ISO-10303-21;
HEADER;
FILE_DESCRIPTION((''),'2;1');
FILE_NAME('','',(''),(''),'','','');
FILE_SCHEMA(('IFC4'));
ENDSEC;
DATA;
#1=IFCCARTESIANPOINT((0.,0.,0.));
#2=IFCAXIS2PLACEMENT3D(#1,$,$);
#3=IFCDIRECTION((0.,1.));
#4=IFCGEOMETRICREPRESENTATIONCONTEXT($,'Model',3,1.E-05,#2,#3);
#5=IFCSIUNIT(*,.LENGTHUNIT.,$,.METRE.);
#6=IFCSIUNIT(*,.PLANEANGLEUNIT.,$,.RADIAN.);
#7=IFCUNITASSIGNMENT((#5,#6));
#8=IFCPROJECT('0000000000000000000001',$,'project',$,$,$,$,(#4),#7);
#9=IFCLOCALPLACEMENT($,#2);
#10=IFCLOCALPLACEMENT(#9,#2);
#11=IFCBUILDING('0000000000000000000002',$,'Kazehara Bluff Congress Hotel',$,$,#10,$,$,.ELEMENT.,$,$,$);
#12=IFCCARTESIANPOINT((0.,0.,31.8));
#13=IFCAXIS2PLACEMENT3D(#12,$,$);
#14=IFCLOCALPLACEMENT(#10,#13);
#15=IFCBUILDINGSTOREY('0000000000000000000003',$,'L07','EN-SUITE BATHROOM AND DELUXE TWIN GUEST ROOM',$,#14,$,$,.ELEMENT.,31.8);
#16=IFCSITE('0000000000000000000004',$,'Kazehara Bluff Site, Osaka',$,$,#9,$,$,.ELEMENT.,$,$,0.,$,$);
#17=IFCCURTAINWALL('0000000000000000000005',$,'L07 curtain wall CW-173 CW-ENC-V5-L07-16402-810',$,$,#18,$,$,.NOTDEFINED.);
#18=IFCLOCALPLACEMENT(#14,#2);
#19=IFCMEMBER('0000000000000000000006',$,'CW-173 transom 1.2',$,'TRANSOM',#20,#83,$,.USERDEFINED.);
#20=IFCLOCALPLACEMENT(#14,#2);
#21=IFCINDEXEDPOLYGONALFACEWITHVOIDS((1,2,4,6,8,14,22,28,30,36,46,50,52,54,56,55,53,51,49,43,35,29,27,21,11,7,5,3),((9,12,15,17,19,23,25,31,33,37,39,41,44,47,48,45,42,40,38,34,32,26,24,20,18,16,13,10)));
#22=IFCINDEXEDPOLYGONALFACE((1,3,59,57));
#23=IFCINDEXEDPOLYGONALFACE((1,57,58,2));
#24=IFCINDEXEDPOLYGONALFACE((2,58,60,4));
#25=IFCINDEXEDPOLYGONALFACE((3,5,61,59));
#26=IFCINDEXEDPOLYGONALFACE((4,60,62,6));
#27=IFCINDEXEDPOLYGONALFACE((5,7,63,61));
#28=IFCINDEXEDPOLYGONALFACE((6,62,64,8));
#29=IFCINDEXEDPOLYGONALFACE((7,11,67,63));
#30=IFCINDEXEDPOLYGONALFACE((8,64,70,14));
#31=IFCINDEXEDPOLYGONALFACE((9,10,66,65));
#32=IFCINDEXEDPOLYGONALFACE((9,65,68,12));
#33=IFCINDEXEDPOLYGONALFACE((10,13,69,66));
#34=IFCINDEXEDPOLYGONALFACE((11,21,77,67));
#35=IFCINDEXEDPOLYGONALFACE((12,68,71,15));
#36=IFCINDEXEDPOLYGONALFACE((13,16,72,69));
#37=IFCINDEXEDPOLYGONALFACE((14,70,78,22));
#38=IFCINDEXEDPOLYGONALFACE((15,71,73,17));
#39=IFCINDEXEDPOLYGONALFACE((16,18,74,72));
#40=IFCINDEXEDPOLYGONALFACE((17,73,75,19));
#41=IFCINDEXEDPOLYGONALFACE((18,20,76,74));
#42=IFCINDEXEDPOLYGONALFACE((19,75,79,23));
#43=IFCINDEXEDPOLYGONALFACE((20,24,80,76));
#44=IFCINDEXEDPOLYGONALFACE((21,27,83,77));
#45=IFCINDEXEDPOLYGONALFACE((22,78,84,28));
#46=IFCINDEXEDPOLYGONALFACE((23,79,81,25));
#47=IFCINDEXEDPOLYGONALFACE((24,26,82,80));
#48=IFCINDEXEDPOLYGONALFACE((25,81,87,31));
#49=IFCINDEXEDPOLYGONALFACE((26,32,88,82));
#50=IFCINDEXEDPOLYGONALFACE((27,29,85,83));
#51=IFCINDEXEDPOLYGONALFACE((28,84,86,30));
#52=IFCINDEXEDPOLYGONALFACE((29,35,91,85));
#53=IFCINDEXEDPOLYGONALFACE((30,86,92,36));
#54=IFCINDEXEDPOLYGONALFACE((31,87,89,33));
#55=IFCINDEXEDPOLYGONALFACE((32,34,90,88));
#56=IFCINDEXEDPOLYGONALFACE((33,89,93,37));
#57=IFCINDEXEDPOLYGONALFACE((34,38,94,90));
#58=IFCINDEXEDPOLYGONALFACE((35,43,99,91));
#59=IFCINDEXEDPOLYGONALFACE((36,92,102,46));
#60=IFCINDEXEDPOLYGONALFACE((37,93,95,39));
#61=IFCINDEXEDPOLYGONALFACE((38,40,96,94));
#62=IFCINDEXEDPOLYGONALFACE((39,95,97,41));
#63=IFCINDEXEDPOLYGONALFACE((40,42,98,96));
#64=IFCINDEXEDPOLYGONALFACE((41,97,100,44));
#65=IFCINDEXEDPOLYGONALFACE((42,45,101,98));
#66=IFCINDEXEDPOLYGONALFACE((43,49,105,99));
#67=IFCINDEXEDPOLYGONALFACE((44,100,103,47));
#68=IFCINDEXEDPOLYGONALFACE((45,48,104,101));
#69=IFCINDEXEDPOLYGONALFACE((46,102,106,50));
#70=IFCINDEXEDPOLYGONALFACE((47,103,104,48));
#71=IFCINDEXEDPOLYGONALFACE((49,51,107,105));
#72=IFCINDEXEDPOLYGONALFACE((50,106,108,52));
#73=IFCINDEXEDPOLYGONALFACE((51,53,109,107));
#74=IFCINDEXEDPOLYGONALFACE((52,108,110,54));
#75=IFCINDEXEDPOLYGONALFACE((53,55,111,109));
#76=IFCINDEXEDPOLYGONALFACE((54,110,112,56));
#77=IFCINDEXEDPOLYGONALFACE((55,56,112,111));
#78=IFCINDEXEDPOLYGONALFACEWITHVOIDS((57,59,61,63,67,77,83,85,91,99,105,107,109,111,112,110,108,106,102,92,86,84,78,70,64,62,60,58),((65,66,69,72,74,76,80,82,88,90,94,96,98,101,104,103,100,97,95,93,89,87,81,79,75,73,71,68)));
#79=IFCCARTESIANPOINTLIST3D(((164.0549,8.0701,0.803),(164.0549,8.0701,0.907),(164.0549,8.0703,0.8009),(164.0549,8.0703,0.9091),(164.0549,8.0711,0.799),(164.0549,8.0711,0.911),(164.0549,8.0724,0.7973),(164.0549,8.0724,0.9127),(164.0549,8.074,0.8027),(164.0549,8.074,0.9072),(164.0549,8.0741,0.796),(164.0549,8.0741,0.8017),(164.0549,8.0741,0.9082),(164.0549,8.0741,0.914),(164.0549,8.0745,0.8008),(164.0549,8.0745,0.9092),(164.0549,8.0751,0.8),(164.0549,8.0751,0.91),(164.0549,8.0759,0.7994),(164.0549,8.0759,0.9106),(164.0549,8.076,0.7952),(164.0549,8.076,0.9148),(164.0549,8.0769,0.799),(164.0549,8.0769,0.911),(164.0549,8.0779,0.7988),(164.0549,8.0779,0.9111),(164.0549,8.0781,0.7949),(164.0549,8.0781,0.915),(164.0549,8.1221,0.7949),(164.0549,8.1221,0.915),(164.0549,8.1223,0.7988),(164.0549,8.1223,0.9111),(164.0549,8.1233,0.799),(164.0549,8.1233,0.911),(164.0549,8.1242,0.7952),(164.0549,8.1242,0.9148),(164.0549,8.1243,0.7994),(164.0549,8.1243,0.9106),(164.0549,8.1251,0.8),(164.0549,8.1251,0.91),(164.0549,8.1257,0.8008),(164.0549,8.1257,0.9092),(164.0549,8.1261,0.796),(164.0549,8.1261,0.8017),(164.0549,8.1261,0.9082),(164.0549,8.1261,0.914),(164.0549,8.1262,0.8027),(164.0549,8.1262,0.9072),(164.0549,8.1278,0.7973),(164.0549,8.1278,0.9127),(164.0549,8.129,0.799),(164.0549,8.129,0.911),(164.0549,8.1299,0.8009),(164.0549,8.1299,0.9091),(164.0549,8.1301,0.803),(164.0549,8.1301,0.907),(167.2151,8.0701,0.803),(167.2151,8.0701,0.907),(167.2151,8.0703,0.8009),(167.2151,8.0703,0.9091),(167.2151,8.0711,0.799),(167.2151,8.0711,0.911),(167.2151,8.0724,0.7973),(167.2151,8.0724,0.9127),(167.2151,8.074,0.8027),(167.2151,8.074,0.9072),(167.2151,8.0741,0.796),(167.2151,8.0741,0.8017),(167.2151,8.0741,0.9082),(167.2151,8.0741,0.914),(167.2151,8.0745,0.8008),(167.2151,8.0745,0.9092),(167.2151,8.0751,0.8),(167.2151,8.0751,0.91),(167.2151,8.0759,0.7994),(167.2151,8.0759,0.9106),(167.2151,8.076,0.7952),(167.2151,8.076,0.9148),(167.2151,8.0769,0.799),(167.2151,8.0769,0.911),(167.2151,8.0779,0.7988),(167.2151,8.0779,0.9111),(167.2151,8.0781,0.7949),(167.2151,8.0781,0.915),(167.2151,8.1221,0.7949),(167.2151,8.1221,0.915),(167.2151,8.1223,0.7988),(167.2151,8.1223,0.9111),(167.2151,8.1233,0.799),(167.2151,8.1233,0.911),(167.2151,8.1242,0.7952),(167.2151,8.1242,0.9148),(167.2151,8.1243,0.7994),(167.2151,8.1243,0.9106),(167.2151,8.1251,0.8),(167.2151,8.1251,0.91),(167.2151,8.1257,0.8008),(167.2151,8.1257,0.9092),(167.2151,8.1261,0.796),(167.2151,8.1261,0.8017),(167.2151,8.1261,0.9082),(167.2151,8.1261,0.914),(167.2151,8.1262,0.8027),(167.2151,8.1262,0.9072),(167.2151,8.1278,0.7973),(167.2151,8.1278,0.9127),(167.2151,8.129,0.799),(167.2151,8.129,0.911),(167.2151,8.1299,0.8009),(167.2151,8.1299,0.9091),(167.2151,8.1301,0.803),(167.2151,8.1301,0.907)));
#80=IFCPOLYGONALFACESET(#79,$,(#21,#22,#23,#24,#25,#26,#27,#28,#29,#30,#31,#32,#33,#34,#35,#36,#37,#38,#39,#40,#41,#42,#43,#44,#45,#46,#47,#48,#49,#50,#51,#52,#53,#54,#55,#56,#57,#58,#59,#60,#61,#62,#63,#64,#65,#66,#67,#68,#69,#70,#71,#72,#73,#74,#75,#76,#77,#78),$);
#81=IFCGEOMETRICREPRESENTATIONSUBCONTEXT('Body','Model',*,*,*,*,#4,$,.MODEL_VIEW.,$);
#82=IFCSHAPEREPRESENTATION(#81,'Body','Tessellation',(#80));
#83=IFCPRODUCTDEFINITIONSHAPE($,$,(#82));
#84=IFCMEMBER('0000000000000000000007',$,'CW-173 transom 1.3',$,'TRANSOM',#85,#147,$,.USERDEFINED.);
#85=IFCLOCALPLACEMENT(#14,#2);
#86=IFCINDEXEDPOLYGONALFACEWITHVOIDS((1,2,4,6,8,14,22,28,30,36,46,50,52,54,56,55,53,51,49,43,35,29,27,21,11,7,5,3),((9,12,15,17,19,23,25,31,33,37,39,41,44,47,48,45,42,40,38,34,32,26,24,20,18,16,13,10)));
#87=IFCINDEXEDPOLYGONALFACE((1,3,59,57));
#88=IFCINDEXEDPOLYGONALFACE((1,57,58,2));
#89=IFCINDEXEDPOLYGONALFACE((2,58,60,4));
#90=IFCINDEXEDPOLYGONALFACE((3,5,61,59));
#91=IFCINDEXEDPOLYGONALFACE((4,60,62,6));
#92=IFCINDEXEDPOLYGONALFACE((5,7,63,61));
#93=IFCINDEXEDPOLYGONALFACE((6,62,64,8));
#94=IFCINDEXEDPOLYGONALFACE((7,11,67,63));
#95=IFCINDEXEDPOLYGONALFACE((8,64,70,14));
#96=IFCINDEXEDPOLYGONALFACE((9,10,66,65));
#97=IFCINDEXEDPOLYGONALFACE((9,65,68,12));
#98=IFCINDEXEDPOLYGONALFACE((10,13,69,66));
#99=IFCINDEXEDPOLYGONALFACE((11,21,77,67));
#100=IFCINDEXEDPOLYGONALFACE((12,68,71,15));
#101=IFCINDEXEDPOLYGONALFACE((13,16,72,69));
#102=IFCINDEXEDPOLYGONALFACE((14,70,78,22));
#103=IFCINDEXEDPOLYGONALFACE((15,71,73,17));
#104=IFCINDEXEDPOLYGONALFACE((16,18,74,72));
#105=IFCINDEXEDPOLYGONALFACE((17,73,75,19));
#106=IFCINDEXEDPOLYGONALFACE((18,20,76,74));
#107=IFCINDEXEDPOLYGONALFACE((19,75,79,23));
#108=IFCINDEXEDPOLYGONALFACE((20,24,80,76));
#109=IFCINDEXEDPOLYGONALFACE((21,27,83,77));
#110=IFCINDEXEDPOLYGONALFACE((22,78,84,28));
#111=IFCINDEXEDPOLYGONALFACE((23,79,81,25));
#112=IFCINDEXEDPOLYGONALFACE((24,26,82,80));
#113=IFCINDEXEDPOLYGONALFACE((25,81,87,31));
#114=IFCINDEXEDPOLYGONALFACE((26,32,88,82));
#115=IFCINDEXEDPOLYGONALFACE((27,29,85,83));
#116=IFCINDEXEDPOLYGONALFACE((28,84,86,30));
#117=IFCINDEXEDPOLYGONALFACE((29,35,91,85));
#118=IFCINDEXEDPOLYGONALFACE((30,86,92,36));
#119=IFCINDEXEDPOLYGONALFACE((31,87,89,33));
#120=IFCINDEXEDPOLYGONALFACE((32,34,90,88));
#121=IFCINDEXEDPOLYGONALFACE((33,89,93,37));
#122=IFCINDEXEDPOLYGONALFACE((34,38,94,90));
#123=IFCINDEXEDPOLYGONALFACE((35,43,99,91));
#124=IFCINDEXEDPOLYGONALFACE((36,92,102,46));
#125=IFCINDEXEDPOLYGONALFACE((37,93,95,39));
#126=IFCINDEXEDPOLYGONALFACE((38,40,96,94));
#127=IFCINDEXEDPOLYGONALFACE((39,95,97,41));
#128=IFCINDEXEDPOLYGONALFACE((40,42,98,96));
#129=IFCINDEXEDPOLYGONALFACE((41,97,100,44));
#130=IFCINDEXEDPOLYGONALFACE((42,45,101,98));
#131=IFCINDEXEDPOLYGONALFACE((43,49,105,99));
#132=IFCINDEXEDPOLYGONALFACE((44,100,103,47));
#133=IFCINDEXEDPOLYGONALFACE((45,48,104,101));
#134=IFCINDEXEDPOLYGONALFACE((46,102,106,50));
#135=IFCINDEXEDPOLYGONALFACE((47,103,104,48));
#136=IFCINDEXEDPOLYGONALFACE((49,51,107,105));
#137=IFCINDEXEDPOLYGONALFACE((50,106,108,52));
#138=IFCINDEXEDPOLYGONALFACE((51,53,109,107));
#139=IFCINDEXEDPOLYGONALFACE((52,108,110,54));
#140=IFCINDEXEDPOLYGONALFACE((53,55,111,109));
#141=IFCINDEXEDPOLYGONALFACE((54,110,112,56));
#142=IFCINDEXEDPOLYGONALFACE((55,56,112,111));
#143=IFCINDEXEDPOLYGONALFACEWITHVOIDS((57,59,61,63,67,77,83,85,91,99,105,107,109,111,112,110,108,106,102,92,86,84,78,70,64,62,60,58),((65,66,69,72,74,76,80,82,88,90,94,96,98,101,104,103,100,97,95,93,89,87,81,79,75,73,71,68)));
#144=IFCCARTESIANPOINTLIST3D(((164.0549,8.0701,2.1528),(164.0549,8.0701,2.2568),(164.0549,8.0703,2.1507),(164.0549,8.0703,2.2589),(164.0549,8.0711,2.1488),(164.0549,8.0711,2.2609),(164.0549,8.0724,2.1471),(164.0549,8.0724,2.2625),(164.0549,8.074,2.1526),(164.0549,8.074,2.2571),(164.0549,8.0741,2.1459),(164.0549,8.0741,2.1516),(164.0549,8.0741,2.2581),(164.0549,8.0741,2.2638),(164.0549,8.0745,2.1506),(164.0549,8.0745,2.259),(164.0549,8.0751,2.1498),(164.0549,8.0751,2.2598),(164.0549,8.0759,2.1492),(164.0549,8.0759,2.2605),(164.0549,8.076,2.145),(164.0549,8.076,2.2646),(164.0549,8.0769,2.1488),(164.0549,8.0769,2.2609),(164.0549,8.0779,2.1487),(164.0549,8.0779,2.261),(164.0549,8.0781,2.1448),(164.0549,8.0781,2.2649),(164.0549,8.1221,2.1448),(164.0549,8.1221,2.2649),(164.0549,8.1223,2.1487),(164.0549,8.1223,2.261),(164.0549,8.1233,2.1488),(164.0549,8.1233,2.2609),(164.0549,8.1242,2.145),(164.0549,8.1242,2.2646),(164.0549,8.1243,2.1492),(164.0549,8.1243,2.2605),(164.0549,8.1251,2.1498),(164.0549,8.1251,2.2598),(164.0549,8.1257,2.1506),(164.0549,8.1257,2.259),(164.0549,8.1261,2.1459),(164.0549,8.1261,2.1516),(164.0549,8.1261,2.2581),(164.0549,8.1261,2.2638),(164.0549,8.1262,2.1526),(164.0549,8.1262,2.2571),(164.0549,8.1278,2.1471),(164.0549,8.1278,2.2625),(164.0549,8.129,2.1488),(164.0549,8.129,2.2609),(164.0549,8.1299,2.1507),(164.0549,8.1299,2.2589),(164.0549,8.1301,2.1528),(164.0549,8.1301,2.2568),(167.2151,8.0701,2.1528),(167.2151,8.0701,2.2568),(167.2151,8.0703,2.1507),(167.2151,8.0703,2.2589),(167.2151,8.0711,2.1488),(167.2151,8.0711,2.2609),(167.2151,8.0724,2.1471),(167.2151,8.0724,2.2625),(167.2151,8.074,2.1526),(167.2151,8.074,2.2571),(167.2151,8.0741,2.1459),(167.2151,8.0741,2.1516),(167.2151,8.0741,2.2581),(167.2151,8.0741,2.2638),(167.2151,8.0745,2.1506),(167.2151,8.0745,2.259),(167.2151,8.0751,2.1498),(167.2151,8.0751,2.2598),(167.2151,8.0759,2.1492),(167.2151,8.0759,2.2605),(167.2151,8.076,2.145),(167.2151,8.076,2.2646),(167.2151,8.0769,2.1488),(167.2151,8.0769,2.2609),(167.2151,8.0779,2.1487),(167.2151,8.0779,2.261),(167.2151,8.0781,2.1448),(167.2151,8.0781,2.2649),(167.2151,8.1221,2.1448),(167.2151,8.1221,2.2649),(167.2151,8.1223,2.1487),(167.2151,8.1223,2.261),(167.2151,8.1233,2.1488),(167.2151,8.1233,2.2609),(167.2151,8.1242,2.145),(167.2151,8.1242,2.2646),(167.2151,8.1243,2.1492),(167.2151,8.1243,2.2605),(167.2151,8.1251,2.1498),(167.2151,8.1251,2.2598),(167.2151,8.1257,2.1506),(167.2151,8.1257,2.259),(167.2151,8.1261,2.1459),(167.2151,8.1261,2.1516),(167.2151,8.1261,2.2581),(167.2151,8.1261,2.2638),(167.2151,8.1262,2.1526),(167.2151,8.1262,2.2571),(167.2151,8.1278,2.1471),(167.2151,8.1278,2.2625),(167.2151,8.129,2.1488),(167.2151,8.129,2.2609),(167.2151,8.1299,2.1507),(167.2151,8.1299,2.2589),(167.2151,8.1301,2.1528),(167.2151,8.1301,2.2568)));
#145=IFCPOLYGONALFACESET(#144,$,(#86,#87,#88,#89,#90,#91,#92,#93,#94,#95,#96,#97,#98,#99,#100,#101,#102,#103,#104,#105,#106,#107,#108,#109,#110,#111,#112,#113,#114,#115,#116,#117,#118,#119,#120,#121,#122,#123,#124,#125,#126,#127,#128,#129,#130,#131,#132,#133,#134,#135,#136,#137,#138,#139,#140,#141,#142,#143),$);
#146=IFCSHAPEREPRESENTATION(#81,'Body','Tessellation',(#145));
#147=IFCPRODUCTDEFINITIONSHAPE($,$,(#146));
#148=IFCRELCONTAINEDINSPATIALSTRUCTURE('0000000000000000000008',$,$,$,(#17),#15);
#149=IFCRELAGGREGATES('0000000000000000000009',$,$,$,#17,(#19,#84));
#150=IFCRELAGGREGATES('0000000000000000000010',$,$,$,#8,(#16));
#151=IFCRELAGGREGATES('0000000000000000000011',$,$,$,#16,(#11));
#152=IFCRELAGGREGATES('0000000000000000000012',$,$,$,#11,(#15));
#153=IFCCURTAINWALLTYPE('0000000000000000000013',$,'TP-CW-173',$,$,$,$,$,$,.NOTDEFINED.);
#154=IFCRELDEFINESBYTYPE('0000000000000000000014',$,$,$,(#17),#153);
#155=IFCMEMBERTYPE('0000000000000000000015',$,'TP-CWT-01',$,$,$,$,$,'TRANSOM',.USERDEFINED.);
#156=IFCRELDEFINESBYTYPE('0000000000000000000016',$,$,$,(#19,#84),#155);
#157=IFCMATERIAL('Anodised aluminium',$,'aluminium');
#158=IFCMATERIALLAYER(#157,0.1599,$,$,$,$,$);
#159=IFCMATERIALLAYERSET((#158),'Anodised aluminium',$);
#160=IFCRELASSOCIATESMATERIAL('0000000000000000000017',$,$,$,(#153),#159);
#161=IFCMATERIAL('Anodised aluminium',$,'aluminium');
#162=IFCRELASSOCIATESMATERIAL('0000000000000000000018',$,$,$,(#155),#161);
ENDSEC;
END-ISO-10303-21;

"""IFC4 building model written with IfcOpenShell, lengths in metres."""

from ifc_helpers import new_model, si_unit, direction, frame, origin, origin_2d, place, context, subcontext, project, spatial, hollow_rectangle, extrude, material, layer, layer_set, material_profile, profile_set, type_object, element, aggregate, save


model = new_model("IFC4")

# Units and contexts
model_context = context("Model", 3, precision=1e-05, world=origin(), true_north=direction((0.0, 1.0)))
body_context = subcontext(model_context, "Body", "Model", "MODEL_VIEW")
ifc_project = project(units=[si_unit("LENGTHUNIT", "METRE"), si_unit("PLANEANGLEUNIT", "RADIAN")], contexts=[model_context])

# Site, building, storey
site_placement = place(None, origin())
site = spatial("IfcSite", under=ifc_project, at=site_placement, Name="Kazehara Bluff Site, Osaka", CompositionType="ELEMENT", RefElevation=0.0)
building_placement = place(site_placement, origin())
building = spatial("IfcBuilding", under=site, at=building_placement, Name="Kazehara Bluff Congress Hotel", CompositionType="ELEMENT")
storey_placement = place(building_placement, frame((0.0, 0.0, 31.8)))
storey = spatial("IfcBuildingStorey", under=building, at=storey_placement, Name="L07", Description="EN-SUITE BATHROOM AND DELUXE TWIN GUEST ROOM", CompositionType="ELEMENT", Elevation=31.8)

# Curtain wall, members
ifc_material_1 = material(Name="Anodised aluminium", Category="aluminium")
ifc_layer_1 = layer(ifc_material_1, 0.1599)
ifc_layer_set_1 = layer_set([ifc_layer_1], Name="Anodised aluminium")
curtain_wall_type = type_object("IfcCurtainWallType", Name="TP-CW-173", PredefinedType="NOTDEFINED", material=ifc_layer_set_1)
curtain_wall_placement = place(storey_placement, origin())
curtain_wall = element("IfcCurtainWall", 1, at=curtain_wall_placement, inside=storey, type_object=curtain_wall_type, Name="L07 curtain wall CW-173 CW-ENC-V5-L07-16402-810", PredefinedType="NOTDEFINED")
ifc_material_2 = material(Name="Anodised aluminium", Category="aluminium")
ifc_material_profile_1 = material_profile(ifc_material_2, hollow_rectangle(XDim=0.0601, YDim=0.1201, WallThickness=0.0039, InnerFilletRadius=0.0039, OuterFilletRadius=0.0081, at=origin_2d()))
ifc_profile_set_1 = profile_set([ifc_material_profile_1], Name="Anodised aluminium")
member_type_1 = type_object("IfcMemberType", Name="TP-CWT-01", ElementType="TRANSOM", PredefinedType="USERDEFINED", material=ifc_profile_set_1)
member_1_placement = place(storey_placement, frame((167.2151, 8.1001, 0.855), z_axis=(-1.0, 0.0, 0.0), x_axis=(0.0, -1.0, 0.0)))
member_1 = element("IfcMember", 2, at=member_1_placement, type_object=member_type_1, Name="CW-173 transom 1.2", ObjectType="TRANSOM", PredefinedType="USERDEFINED", context=body_context, shape_type="SweptSolid", body=[
    extrude(hollow_rectangle(XDim=0.0601, YDim=0.1201, WallThickness=0.0039, InnerFilletRadius=0.0039, OuterFilletRadius=0.0081, at=origin_2d()), origin(), (0.0, 0.0, 1.0), 3.1602),
])
member_2_placement = place(storey_placement, frame((167.2151, 8.1001, 2.2048), z_axis=(-1.0, 0.0, 0.0), x_axis=(0.0, -1.0, 0.0)))
member_2 = element("IfcMember", 3, at=member_2_placement, type_object=member_type_1, Name="CW-173 transom 1.3", ObjectType="TRANSOM", PredefinedType="USERDEFINED", context=body_context, shape_type="SweptSolid", body=[
    extrude(hollow_rectangle(XDim=0.0601, YDim=0.1201, WallThickness=0.0039, InnerFilletRadius=0.0039, OuterFilletRadius=0.0081, at=origin_2d()), origin(), (0.0, 0.0, 1.0), 3.1602),
])

aggregate(curtain_wall, [member_1, member_2])

save(model, "model.ifc")
